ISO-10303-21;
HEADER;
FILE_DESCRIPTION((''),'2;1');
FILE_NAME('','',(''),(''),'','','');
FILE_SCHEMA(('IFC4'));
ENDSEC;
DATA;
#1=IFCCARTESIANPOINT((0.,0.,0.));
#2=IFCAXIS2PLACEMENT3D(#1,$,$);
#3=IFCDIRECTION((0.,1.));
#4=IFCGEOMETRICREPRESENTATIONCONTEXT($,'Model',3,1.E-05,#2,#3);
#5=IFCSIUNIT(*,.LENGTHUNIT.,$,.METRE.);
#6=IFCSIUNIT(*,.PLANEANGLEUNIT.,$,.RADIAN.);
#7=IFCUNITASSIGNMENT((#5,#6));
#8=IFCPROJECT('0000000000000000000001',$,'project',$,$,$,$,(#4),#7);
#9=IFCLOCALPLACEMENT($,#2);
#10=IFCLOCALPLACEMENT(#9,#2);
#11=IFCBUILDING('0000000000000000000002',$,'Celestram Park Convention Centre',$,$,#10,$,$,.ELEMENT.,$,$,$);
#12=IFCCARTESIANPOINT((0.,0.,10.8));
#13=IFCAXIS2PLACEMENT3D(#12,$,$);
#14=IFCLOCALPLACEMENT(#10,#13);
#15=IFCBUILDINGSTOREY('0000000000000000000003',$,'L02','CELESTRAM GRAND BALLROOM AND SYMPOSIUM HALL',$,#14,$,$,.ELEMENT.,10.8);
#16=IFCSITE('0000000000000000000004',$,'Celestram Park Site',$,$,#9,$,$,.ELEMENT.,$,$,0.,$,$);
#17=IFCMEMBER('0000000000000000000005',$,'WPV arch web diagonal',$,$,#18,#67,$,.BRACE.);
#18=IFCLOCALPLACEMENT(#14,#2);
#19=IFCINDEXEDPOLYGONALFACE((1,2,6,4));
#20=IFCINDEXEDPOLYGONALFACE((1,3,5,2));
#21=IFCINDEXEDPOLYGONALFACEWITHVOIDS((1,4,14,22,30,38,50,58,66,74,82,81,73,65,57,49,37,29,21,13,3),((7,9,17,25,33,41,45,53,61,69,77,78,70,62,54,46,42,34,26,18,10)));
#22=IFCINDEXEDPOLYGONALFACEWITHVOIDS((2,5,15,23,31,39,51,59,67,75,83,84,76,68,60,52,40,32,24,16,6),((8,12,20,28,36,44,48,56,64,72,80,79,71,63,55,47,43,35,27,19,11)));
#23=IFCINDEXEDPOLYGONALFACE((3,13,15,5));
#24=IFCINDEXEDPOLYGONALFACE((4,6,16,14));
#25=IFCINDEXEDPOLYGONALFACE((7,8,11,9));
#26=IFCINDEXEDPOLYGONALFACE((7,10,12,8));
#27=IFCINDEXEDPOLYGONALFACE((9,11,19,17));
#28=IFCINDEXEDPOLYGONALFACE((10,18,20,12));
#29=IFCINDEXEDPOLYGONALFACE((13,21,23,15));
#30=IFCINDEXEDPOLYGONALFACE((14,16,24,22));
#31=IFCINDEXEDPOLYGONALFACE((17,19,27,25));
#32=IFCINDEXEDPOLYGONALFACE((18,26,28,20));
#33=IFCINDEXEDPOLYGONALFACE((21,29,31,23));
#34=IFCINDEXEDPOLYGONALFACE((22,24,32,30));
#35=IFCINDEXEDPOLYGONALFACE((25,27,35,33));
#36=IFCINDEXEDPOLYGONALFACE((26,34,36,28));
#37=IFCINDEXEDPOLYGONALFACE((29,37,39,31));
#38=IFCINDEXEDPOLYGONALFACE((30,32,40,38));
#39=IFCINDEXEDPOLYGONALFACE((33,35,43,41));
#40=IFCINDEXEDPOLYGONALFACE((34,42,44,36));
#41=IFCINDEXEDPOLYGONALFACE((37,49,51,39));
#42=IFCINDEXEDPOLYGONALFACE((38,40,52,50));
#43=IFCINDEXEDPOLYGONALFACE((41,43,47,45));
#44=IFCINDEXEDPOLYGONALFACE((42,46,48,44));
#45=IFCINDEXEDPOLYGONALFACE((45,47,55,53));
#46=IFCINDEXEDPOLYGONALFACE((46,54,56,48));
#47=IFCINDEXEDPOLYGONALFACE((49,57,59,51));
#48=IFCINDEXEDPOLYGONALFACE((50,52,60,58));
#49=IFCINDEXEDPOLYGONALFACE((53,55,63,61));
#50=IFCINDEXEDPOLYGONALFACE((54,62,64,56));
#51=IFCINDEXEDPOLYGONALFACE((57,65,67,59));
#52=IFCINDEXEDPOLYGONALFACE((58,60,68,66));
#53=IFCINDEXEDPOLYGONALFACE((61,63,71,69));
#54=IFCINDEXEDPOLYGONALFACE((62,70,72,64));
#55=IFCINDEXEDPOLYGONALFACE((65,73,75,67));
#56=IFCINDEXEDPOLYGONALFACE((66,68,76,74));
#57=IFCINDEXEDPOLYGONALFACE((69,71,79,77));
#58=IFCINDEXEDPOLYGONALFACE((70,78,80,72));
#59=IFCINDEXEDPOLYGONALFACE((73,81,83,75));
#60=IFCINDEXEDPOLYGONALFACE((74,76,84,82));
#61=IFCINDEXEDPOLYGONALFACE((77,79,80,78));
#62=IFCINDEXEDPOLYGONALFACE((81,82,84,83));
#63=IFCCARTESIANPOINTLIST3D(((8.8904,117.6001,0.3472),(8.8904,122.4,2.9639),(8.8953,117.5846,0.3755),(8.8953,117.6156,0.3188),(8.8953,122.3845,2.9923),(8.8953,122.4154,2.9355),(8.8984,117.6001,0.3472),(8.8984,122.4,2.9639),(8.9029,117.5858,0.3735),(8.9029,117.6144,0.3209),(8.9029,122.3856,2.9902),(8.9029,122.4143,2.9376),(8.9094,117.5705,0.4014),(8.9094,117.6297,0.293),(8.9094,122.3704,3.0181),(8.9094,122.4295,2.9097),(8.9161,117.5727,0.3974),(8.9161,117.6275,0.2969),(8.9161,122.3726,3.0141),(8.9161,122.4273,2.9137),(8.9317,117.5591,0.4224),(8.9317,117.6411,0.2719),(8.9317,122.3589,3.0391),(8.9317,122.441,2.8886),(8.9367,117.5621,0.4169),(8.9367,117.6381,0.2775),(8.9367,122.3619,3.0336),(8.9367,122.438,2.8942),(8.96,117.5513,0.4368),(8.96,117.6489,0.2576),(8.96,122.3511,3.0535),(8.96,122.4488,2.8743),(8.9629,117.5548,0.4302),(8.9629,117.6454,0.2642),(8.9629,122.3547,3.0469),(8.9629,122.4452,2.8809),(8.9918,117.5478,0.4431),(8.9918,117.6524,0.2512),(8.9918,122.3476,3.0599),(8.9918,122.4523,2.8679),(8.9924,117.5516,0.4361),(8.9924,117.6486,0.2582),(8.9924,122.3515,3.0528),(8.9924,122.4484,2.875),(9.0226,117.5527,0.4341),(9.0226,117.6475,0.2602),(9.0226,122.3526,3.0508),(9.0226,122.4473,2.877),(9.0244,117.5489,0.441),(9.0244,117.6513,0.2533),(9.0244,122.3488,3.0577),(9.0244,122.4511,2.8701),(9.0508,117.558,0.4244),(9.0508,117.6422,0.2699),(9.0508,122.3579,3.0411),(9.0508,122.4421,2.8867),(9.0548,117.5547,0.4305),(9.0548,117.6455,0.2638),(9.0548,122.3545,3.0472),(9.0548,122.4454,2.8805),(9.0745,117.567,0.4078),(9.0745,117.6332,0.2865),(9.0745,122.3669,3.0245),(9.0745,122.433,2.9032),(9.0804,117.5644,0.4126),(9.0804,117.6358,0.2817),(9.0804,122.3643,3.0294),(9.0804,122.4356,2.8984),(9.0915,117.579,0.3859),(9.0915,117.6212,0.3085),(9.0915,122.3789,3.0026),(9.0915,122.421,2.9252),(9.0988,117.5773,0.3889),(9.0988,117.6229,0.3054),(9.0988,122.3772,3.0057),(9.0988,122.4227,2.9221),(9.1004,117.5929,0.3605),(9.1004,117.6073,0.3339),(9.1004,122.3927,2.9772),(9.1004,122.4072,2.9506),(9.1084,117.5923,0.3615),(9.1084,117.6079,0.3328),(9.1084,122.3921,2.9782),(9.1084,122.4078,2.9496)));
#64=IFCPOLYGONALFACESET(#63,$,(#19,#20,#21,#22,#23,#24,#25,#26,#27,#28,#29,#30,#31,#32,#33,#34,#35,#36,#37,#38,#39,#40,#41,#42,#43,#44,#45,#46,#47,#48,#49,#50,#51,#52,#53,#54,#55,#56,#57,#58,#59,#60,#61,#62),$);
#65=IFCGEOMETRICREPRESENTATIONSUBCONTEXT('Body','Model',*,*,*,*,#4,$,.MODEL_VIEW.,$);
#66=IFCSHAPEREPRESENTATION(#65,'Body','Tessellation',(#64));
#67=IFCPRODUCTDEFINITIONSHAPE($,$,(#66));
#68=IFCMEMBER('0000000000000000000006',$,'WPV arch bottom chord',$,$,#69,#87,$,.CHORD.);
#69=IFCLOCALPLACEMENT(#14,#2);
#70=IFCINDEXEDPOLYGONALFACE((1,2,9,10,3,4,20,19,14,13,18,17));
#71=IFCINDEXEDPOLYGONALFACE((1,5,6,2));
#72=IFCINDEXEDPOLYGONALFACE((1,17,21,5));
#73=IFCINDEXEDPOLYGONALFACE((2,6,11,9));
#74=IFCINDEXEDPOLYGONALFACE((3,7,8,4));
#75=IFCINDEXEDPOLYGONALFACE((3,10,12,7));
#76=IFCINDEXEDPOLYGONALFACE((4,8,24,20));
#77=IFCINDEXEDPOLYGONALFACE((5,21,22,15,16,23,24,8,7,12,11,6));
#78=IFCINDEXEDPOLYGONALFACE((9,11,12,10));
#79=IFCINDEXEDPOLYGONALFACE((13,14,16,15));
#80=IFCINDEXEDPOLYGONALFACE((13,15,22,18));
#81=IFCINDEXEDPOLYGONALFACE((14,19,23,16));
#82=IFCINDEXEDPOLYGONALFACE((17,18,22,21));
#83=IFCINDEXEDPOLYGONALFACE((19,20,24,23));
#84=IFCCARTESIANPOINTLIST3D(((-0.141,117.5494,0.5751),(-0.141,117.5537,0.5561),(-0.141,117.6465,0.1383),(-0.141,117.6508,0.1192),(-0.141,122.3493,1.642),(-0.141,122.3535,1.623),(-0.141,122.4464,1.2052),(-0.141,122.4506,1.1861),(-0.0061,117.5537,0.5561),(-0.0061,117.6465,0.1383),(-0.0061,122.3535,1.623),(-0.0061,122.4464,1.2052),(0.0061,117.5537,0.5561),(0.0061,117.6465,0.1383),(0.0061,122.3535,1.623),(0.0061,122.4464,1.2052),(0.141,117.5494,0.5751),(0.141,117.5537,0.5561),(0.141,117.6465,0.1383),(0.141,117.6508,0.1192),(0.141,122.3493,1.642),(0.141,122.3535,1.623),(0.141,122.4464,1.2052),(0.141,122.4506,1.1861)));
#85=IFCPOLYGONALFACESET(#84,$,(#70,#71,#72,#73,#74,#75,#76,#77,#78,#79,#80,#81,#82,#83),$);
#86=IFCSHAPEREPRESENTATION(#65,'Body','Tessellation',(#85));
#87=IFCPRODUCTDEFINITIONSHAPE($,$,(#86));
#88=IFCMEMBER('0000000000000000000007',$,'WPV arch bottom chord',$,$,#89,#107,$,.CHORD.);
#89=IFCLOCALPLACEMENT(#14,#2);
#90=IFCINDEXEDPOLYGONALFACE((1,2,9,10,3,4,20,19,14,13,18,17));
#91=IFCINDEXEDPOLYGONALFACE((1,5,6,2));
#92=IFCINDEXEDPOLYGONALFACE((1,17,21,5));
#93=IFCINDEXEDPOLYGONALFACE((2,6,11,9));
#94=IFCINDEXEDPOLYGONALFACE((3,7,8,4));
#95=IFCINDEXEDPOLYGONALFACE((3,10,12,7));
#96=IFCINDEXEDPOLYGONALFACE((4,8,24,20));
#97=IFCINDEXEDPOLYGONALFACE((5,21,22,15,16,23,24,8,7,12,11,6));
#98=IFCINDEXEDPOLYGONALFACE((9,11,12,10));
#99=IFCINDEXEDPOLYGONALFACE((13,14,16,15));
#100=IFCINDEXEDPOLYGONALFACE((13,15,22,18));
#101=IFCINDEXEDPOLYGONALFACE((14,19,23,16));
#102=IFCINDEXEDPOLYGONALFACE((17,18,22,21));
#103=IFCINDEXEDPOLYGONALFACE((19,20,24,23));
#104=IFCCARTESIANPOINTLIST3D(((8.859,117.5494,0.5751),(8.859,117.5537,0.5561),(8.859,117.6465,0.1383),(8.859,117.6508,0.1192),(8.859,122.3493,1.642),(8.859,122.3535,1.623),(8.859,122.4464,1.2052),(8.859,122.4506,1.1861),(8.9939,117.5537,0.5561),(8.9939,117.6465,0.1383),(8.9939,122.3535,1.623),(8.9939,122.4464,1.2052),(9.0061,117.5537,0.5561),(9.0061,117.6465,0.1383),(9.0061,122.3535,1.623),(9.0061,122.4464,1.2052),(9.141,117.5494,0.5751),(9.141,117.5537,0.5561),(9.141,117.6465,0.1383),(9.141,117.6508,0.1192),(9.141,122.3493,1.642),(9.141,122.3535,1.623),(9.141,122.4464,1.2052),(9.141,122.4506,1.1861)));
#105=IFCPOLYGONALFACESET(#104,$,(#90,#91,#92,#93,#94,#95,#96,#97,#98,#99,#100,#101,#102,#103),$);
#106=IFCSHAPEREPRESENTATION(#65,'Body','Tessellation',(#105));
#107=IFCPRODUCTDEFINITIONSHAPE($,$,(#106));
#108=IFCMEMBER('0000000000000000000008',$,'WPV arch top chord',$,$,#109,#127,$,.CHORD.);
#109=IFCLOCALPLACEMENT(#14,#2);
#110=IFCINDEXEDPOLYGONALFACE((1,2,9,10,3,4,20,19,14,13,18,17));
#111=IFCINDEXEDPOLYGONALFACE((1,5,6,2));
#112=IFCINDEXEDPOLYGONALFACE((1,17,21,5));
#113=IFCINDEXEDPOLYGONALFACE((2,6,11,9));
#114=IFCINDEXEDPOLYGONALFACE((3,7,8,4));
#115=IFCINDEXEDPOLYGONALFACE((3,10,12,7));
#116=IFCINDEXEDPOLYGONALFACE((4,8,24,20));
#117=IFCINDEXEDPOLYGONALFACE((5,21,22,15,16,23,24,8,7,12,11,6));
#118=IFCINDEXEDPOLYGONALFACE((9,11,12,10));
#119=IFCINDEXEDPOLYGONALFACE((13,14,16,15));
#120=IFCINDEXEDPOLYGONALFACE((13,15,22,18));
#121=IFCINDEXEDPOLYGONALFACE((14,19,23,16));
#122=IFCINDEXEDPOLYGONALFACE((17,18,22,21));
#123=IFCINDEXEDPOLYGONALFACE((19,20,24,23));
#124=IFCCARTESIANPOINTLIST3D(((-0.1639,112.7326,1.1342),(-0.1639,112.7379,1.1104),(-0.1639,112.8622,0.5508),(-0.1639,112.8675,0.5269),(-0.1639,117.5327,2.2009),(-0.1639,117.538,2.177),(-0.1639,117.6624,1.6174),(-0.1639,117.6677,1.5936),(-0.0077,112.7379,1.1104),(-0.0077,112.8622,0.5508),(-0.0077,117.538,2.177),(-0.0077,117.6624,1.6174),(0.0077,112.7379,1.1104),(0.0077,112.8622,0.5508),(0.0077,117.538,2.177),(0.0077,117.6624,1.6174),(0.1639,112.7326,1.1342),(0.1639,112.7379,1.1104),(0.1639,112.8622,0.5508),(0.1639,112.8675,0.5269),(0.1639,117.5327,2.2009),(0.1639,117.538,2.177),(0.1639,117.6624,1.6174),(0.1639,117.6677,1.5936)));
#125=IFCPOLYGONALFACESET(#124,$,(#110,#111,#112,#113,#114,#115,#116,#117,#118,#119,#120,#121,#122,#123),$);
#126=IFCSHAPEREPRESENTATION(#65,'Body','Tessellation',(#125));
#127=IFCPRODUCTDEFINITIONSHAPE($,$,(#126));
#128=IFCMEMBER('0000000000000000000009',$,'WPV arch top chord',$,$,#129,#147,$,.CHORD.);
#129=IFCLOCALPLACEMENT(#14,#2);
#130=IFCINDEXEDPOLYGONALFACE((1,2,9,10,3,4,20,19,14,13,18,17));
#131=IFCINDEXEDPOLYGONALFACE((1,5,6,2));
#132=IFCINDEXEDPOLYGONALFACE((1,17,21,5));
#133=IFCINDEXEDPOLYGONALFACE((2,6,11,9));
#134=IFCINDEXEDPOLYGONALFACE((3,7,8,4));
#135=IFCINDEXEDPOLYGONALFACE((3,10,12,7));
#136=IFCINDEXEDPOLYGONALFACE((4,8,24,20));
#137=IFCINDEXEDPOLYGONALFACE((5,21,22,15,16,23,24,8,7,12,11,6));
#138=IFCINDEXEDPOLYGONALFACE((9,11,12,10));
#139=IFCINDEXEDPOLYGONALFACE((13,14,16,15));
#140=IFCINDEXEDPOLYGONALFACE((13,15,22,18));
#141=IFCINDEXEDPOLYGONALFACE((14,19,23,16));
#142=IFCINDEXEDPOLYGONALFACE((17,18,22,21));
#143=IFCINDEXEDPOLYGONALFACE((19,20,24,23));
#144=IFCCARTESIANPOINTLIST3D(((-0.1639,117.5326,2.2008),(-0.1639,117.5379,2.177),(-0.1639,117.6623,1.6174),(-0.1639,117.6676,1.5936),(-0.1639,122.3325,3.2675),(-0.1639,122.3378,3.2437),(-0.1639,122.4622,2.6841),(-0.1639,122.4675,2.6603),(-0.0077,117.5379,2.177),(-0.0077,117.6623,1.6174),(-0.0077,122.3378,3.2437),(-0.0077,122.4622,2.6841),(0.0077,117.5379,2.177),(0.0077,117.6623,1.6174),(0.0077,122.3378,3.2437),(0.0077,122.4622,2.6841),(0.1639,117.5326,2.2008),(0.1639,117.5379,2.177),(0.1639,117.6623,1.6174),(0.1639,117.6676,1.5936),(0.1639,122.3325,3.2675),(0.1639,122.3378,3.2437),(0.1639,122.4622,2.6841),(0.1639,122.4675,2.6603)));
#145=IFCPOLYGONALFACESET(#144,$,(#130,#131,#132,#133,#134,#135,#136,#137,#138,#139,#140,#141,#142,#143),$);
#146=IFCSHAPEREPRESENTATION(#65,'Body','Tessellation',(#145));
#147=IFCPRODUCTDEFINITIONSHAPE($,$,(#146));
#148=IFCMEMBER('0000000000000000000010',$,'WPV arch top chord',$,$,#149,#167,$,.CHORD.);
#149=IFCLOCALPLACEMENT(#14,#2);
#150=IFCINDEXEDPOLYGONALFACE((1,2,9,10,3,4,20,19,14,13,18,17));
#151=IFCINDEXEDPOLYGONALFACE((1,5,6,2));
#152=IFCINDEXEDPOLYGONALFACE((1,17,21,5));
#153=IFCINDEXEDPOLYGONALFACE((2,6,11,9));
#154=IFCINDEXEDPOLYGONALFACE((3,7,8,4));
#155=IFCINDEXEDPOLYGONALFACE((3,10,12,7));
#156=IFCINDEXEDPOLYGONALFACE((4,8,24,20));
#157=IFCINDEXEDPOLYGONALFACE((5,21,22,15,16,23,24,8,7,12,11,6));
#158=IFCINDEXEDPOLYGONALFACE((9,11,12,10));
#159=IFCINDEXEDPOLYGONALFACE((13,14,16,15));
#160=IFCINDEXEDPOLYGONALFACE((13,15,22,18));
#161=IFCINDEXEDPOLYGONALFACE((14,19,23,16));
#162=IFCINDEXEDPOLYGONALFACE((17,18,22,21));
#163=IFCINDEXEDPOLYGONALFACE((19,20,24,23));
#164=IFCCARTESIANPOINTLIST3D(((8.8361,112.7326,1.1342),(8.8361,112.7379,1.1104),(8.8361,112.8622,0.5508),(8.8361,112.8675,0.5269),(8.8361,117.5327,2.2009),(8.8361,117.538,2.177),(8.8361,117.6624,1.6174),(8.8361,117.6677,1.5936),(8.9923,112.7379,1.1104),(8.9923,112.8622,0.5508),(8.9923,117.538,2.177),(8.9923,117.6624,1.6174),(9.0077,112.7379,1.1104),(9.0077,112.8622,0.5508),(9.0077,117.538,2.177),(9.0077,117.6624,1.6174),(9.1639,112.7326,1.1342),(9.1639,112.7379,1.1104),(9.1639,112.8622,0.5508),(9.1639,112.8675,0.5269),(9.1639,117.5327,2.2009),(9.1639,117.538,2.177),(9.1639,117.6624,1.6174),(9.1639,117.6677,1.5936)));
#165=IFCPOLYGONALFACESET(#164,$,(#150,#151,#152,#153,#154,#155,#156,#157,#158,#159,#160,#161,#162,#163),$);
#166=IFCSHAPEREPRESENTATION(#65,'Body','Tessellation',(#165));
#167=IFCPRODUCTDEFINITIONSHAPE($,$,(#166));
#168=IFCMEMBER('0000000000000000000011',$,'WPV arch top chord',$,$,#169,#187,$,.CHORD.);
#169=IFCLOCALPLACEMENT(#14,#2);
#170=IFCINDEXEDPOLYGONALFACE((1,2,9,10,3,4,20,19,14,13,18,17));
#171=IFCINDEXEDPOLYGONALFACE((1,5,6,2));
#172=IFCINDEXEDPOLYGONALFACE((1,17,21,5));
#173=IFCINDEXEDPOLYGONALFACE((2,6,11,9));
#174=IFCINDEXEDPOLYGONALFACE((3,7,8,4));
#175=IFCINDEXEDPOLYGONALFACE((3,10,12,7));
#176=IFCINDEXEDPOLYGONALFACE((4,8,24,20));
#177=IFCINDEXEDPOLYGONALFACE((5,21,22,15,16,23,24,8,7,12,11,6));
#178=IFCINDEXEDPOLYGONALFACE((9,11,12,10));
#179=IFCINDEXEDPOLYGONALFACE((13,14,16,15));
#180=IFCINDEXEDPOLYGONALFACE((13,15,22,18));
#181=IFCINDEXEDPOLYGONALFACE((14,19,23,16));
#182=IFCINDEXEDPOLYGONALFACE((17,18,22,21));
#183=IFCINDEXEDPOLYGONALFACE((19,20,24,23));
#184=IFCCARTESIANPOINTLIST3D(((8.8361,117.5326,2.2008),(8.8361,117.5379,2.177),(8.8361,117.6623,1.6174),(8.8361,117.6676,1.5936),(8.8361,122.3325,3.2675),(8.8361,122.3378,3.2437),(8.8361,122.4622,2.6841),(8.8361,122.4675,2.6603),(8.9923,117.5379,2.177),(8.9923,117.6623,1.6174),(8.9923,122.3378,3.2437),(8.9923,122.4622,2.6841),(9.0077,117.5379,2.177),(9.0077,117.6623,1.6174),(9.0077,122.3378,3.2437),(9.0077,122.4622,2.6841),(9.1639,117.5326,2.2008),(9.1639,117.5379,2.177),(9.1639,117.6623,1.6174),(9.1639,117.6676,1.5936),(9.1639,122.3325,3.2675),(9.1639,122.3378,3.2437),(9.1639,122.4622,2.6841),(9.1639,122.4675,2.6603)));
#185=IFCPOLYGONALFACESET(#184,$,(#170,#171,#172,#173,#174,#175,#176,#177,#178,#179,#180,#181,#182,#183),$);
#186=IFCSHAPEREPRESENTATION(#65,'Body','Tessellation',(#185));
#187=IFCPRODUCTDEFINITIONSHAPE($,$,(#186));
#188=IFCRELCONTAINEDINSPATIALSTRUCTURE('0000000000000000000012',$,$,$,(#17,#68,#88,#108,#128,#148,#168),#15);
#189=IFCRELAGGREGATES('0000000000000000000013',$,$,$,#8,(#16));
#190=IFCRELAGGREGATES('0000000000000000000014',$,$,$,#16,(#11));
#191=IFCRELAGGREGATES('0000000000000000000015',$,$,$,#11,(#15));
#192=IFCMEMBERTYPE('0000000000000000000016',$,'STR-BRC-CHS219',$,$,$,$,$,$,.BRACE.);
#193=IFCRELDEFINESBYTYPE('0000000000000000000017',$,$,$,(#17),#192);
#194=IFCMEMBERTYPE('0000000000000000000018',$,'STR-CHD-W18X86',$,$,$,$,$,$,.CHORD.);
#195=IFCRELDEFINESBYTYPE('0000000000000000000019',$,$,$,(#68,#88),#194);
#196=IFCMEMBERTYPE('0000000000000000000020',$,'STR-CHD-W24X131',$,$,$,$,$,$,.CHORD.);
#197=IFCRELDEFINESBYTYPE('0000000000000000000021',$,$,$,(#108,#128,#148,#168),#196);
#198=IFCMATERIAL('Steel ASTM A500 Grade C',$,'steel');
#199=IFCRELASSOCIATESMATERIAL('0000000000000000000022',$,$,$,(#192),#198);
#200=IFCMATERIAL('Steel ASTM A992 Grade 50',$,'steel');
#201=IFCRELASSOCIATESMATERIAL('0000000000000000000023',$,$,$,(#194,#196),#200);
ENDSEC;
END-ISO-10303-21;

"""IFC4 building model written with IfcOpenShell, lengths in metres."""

from ifc_helpers import new_model, si_unit, direction, frame, origin, origin_2d, place, context, subcontext, project, spatial, hollow_circle, i_section, extrude, material, material_profile, profile_set, type_object, element, save


model = new_model("IFC4")

# Units and contexts
model_context = context("Model", 3, precision=1e-05, world=origin(), true_north=direction((0.0, 1.0)))
body_context = subcontext(model_context, "Body", "Model", "MODEL_VIEW")
ifc_project = project(units=[si_unit("LENGTHUNIT", "METRE"), si_unit("PLANEANGLEUNIT", "RADIAN")], contexts=[model_context])

# Site, building, storey
site_placement = place(None, origin())
site = spatial("IfcSite", under=ifc_project, at=site_placement, Name="Celestram Park Site", CompositionType="ELEMENT", RefElevation=0.0)
building_placement = place(site_placement, origin())
building = spatial("IfcBuilding", under=site, at=building_placement, Name="Celestram Park Convention Centre", CompositionType="ELEMENT")
storey_placement = place(building_placement, frame((0.0, 0.0, 10.8)))
storey = spatial("IfcBuildingStorey", under=building, at=storey_placement, Name="L02", Description="CELESTRAM GRAND BALLROOM AND SYMPOSIUM HALL", CompositionType="ELEMENT", Elevation=10.8)

# Members
ifc_material_1 = material(Name="Steel ASTM A500 Grade C", Category="steel")
ifc_material_profile_1 = material_profile(ifc_material_1, hollow_circle(Radius=0.1096, WallThickness=0.0081, at=origin_2d()), Name="CHS219X8")
ifc_profile_set_1 = profile_set([ifc_material_profile_1], Name="Steel ASTM A500 Grade C")
member_type_1 = type_object("IfcMemberType", Name="STR-BRC-CHS219", PredefinedType="BRACE", material=ifc_profile_set_1)
member_1_placement = place(storey_placement, frame((9.0, 117.6001, 0.3472), z_axis=(0.0, 0.878001, 0.478658), x_axis=(-1.0, 0.0, 0.0)))
element("IfcMember", 1, at=member_1_placement, inside=storey, type_object=member_type_1, Name="WPV arch web diagonal", PredefinedType="BRACE", context=body_context, shape_type="SweptSolid", body=[
    extrude(hollow_circle(Radius=0.1096, WallThickness=0.0081, at=origin_2d()), origin(), (0.0, 0.0, 1.0), 5.4668),
])
ifc_material_2 = material(Name="Steel ASTM A992 Grade 50", Category="steel")
ifc_material_profile_2 = material_profile(ifc_material_2, i_section(OverallWidth=0.282, OverallDepth=0.467, WebThickness=0.0122, FlangeThickness=0.0195, at=origin_2d()), Name="W18X86")
ifc_profile_set_2 = profile_set([ifc_material_profile_2], Name="Steel ASTM A992 Grade 50")
member_type_2 = type_object("IfcMemberType", Name="STR-CHD-W18X86", PredefinedType="CHORD", material=ifc_profile_set_2)
for number, where, z_axis, x_axis, name in (
    (2, (0.0, 117.6001, 0.3472), (0.0, 0.976175, 0.216983), (-1.0, 0.0, 0.0), "WPV arch bottom chord"),
    (3, (9.0, 117.6001, 0.3472), (0.0, 0.976175, 0.216983), (-1.0, 0.0, 0.0), "WPV arch bottom chord"),
):
    element("IfcMember", number, at=place(storey_placement, frame(where, z_axis=z_axis, x_axis=x_axis)), inside=storey, type_object=member_type_2, Name=name, PredefinedType="CHORD", context=body_context, shape_type="SweptSolid", body=[
        extrude(i_section(OverallWidth=0.282, OverallDepth=0.467, WebThickness=0.0122, FlangeThickness=0.0195, at=origin_2d()), origin(), (0.0, 0.0, 1.0), 4.917),
    ])
ifc_material_profile_3 = material_profile(ifc_material_2, i_section(OverallWidth=0.3279, OverallDepth=0.6221, WebThickness=0.0154, FlangeThickness=0.0244, at=origin_2d()), Name="W24X131")
ifc_profile_set_3 = profile_set([ifc_material_profile_3], Name="Steel ASTM A992 Grade 50")
member_type_3 = type_object("IfcMemberType", Name="STR-CHD-W24X131", PredefinedType="CHORD", material=ifc_profile_set_3)
member_2_placement = place(storey_placement, frame((0.0, 112.8, 0.8306), z_axis=(0.0, 0.976188, 0.216925), x_axis=(-1.0, 0.0, 0.0)))
element("IfcMember", 4, at=member_2_placement, inside=storey, type_object=member_type_3, Name="WPV arch top chord", PredefinedType="CHORD", context=body_context, shape_type="SweptSolid", body=[
    extrude(i_section(OverallWidth=0.3279, OverallDepth=0.6221, WebThickness=0.0154, FlangeThickness=0.0244, at=origin_2d()), origin(), (0.0, 0.0, 1.0), 4.9172),
])
member_3_placement = place(storey_placement, frame((0.0, 117.6001, 1.8972), z_axis=(0.0, 0.976186, 0.216936), x_axis=(-1.0, 0.0, 0.0)))
element("IfcMember", 5, at=member_3_placement, inside=storey, type_object=member_type_3, Name="WPV arch top chord", PredefinedType="CHORD", context=body_context, shape_type="SweptSolid", body=[
    extrude(i_section(OverallWidth=0.3279, OverallDepth=0.6221, WebThickness=0.0154, FlangeThickness=0.0244, at=origin_2d()), origin(), (0.0, 0.0, 1.0), 4.917),
])
member_4_placement = place(storey_placement, frame((9.0, 112.8, 0.8306), z_axis=(0.0, 0.976188, 0.216925), x_axis=(-1.0, 0.0, 0.0)))
element("IfcMember", 6, at=member_4_placement, inside=storey, type_object=member_type_3, Name="WPV arch top chord", PredefinedType="CHORD", context=body_context, shape_type="SweptSolid", body=[
    extrude(i_section(OverallWidth=0.3279, OverallDepth=0.6221, WebThickness=0.0154, FlangeThickness=0.0244, at=origin_2d()), origin(), (0.0, 0.0, 1.0), 4.9172),
])
member_5_placement = place(storey_placement, frame((9.0, 117.6001, 1.8972), z_axis=(0.0, 0.976186, 0.216936), x_axis=(-1.0, 0.0, 0.0)))
element("IfcMember", 7, at=member_5_placement, inside=storey, type_object=member_type_3, Name="WPV arch top chord", PredefinedType="CHORD", context=body_context, shape_type="SweptSolid", body=[
    extrude(i_section(OverallWidth=0.3279, OverallDepth=0.6221, WebThickness=0.0154, FlangeThickness=0.0244, at=origin_2d()), origin(), (0.0, 0.0, 1.0), 4.917),
])

save(model, "model.ifc")
